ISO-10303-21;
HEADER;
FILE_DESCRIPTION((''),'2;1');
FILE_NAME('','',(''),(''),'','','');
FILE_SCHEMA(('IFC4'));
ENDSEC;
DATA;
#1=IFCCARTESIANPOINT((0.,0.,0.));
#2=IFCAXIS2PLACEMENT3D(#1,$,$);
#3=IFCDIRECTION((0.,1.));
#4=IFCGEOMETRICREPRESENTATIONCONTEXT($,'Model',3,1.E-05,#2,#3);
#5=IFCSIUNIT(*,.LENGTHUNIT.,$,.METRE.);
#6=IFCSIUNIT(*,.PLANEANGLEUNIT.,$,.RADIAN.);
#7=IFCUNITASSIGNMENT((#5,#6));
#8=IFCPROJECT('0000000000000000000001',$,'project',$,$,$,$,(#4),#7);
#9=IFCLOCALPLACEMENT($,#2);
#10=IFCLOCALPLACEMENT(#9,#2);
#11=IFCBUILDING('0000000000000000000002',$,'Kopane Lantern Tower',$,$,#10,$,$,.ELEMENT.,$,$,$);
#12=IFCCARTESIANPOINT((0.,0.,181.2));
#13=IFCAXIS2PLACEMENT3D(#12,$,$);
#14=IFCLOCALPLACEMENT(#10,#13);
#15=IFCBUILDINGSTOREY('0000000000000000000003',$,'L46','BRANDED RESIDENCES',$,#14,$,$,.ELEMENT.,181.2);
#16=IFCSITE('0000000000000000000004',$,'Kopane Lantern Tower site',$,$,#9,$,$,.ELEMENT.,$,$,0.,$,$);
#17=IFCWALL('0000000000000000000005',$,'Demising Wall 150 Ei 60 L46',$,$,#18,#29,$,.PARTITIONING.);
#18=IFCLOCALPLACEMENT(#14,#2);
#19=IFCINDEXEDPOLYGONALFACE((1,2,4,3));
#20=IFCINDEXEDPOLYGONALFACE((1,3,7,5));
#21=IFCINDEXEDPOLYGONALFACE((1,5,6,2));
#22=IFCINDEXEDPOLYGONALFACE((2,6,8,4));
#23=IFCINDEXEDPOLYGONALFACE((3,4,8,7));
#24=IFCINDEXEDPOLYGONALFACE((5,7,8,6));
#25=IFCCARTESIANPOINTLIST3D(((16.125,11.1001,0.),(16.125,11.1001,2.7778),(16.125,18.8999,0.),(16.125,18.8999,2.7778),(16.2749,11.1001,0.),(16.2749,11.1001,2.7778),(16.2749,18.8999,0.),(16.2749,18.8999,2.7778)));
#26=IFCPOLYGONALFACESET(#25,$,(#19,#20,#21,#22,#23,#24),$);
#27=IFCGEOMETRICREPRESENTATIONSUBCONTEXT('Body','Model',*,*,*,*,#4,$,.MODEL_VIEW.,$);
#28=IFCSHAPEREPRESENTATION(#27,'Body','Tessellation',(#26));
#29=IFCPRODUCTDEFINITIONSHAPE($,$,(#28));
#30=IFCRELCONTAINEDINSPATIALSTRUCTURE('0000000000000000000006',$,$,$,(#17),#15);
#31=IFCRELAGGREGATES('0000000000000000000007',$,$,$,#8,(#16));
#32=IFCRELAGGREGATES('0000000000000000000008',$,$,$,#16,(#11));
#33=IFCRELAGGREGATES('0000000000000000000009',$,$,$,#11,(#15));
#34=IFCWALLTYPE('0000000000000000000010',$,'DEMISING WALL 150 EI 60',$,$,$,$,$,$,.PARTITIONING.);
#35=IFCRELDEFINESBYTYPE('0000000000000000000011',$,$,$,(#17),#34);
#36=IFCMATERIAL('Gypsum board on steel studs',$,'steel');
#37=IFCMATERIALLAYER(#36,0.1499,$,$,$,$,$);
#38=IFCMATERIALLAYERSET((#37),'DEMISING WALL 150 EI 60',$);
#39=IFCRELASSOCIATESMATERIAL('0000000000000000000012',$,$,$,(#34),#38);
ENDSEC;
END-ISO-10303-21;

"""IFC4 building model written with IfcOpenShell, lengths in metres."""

from ifc_helpers import new_model, si_unit, direction, frame, frame_2d, origin, place, context, subcontext, project, spatial, rectangle, extrude, material, layer, layer_set, type_object, element, save


model = new_model("IFC4")

# Units and contexts
model_context = context("Model", 3, precision=1e-05, world=origin(), true_north=direction((0.0, 1.0)))
body_context = subcontext(model_context, "Body", "Model", "MODEL_VIEW")
ifc_project = project(units=[si_unit("LENGTHUNIT", "METRE"), si_unit("PLANEANGLEUNIT", "RADIAN")], contexts=[model_context])

# Site, building, storey
site_placement = place(None, origin())
site = spatial("IfcSite", under=ifc_project, at=site_placement, Name="Kopane Lantern Tower site", CompositionType="ELEMENT", RefElevation=0.0)
building_placement = place(site_placement, origin())
building = spatial("IfcBuilding", under=site, at=building_placement, Name="Kopane Lantern Tower", CompositionType="ELEMENT")
storey_placement = place(building_placement, frame((0.0, 0.0, 181.2)))
storey = spatial("IfcBuildingStorey", under=building, at=storey_placement, Name="L46", Description="BRANDED RESIDENCES", CompositionType="ELEMENT", Elevation=181.2)

# Wall
ifc_material_1 = material(Name="Gypsum board on steel studs", Category="steel")
ifc_layer_1 = layer(ifc_material_1, 0.1499)
ifc_layer_set_1 = layer_set([ifc_layer_1], Name="DEMISING WALL 150 EI 60")
wall_type_1 = type_object("IfcWallType", Name="DEMISING WALL 150 EI 60", PredefinedType="PARTITIONING", material=ifc_layer_set_1)
wall_1_placement = place(storey_placement, frame((16.2, 18.8999, 0.0), z_axis=(0.0, 0.0, 1.0), x_axis=(0.0, -1.0, 0.0)))
element("IfcWall", 1, at=wall_1_placement, inside=storey, type_object=wall_type_1, Name="Demising Wall 150 Ei 60 L46", PredefinedType="PARTITIONING", context=body_context, shape_type="SweptSolid", body=[
    extrude(rectangle(XDim=7.7998, YDim=0.1499, at=frame_2d((3.8999, 0.0))), origin(), (0.0, 0.0, 1.0), 2.7778),
])

save(model, "model.ifc")
